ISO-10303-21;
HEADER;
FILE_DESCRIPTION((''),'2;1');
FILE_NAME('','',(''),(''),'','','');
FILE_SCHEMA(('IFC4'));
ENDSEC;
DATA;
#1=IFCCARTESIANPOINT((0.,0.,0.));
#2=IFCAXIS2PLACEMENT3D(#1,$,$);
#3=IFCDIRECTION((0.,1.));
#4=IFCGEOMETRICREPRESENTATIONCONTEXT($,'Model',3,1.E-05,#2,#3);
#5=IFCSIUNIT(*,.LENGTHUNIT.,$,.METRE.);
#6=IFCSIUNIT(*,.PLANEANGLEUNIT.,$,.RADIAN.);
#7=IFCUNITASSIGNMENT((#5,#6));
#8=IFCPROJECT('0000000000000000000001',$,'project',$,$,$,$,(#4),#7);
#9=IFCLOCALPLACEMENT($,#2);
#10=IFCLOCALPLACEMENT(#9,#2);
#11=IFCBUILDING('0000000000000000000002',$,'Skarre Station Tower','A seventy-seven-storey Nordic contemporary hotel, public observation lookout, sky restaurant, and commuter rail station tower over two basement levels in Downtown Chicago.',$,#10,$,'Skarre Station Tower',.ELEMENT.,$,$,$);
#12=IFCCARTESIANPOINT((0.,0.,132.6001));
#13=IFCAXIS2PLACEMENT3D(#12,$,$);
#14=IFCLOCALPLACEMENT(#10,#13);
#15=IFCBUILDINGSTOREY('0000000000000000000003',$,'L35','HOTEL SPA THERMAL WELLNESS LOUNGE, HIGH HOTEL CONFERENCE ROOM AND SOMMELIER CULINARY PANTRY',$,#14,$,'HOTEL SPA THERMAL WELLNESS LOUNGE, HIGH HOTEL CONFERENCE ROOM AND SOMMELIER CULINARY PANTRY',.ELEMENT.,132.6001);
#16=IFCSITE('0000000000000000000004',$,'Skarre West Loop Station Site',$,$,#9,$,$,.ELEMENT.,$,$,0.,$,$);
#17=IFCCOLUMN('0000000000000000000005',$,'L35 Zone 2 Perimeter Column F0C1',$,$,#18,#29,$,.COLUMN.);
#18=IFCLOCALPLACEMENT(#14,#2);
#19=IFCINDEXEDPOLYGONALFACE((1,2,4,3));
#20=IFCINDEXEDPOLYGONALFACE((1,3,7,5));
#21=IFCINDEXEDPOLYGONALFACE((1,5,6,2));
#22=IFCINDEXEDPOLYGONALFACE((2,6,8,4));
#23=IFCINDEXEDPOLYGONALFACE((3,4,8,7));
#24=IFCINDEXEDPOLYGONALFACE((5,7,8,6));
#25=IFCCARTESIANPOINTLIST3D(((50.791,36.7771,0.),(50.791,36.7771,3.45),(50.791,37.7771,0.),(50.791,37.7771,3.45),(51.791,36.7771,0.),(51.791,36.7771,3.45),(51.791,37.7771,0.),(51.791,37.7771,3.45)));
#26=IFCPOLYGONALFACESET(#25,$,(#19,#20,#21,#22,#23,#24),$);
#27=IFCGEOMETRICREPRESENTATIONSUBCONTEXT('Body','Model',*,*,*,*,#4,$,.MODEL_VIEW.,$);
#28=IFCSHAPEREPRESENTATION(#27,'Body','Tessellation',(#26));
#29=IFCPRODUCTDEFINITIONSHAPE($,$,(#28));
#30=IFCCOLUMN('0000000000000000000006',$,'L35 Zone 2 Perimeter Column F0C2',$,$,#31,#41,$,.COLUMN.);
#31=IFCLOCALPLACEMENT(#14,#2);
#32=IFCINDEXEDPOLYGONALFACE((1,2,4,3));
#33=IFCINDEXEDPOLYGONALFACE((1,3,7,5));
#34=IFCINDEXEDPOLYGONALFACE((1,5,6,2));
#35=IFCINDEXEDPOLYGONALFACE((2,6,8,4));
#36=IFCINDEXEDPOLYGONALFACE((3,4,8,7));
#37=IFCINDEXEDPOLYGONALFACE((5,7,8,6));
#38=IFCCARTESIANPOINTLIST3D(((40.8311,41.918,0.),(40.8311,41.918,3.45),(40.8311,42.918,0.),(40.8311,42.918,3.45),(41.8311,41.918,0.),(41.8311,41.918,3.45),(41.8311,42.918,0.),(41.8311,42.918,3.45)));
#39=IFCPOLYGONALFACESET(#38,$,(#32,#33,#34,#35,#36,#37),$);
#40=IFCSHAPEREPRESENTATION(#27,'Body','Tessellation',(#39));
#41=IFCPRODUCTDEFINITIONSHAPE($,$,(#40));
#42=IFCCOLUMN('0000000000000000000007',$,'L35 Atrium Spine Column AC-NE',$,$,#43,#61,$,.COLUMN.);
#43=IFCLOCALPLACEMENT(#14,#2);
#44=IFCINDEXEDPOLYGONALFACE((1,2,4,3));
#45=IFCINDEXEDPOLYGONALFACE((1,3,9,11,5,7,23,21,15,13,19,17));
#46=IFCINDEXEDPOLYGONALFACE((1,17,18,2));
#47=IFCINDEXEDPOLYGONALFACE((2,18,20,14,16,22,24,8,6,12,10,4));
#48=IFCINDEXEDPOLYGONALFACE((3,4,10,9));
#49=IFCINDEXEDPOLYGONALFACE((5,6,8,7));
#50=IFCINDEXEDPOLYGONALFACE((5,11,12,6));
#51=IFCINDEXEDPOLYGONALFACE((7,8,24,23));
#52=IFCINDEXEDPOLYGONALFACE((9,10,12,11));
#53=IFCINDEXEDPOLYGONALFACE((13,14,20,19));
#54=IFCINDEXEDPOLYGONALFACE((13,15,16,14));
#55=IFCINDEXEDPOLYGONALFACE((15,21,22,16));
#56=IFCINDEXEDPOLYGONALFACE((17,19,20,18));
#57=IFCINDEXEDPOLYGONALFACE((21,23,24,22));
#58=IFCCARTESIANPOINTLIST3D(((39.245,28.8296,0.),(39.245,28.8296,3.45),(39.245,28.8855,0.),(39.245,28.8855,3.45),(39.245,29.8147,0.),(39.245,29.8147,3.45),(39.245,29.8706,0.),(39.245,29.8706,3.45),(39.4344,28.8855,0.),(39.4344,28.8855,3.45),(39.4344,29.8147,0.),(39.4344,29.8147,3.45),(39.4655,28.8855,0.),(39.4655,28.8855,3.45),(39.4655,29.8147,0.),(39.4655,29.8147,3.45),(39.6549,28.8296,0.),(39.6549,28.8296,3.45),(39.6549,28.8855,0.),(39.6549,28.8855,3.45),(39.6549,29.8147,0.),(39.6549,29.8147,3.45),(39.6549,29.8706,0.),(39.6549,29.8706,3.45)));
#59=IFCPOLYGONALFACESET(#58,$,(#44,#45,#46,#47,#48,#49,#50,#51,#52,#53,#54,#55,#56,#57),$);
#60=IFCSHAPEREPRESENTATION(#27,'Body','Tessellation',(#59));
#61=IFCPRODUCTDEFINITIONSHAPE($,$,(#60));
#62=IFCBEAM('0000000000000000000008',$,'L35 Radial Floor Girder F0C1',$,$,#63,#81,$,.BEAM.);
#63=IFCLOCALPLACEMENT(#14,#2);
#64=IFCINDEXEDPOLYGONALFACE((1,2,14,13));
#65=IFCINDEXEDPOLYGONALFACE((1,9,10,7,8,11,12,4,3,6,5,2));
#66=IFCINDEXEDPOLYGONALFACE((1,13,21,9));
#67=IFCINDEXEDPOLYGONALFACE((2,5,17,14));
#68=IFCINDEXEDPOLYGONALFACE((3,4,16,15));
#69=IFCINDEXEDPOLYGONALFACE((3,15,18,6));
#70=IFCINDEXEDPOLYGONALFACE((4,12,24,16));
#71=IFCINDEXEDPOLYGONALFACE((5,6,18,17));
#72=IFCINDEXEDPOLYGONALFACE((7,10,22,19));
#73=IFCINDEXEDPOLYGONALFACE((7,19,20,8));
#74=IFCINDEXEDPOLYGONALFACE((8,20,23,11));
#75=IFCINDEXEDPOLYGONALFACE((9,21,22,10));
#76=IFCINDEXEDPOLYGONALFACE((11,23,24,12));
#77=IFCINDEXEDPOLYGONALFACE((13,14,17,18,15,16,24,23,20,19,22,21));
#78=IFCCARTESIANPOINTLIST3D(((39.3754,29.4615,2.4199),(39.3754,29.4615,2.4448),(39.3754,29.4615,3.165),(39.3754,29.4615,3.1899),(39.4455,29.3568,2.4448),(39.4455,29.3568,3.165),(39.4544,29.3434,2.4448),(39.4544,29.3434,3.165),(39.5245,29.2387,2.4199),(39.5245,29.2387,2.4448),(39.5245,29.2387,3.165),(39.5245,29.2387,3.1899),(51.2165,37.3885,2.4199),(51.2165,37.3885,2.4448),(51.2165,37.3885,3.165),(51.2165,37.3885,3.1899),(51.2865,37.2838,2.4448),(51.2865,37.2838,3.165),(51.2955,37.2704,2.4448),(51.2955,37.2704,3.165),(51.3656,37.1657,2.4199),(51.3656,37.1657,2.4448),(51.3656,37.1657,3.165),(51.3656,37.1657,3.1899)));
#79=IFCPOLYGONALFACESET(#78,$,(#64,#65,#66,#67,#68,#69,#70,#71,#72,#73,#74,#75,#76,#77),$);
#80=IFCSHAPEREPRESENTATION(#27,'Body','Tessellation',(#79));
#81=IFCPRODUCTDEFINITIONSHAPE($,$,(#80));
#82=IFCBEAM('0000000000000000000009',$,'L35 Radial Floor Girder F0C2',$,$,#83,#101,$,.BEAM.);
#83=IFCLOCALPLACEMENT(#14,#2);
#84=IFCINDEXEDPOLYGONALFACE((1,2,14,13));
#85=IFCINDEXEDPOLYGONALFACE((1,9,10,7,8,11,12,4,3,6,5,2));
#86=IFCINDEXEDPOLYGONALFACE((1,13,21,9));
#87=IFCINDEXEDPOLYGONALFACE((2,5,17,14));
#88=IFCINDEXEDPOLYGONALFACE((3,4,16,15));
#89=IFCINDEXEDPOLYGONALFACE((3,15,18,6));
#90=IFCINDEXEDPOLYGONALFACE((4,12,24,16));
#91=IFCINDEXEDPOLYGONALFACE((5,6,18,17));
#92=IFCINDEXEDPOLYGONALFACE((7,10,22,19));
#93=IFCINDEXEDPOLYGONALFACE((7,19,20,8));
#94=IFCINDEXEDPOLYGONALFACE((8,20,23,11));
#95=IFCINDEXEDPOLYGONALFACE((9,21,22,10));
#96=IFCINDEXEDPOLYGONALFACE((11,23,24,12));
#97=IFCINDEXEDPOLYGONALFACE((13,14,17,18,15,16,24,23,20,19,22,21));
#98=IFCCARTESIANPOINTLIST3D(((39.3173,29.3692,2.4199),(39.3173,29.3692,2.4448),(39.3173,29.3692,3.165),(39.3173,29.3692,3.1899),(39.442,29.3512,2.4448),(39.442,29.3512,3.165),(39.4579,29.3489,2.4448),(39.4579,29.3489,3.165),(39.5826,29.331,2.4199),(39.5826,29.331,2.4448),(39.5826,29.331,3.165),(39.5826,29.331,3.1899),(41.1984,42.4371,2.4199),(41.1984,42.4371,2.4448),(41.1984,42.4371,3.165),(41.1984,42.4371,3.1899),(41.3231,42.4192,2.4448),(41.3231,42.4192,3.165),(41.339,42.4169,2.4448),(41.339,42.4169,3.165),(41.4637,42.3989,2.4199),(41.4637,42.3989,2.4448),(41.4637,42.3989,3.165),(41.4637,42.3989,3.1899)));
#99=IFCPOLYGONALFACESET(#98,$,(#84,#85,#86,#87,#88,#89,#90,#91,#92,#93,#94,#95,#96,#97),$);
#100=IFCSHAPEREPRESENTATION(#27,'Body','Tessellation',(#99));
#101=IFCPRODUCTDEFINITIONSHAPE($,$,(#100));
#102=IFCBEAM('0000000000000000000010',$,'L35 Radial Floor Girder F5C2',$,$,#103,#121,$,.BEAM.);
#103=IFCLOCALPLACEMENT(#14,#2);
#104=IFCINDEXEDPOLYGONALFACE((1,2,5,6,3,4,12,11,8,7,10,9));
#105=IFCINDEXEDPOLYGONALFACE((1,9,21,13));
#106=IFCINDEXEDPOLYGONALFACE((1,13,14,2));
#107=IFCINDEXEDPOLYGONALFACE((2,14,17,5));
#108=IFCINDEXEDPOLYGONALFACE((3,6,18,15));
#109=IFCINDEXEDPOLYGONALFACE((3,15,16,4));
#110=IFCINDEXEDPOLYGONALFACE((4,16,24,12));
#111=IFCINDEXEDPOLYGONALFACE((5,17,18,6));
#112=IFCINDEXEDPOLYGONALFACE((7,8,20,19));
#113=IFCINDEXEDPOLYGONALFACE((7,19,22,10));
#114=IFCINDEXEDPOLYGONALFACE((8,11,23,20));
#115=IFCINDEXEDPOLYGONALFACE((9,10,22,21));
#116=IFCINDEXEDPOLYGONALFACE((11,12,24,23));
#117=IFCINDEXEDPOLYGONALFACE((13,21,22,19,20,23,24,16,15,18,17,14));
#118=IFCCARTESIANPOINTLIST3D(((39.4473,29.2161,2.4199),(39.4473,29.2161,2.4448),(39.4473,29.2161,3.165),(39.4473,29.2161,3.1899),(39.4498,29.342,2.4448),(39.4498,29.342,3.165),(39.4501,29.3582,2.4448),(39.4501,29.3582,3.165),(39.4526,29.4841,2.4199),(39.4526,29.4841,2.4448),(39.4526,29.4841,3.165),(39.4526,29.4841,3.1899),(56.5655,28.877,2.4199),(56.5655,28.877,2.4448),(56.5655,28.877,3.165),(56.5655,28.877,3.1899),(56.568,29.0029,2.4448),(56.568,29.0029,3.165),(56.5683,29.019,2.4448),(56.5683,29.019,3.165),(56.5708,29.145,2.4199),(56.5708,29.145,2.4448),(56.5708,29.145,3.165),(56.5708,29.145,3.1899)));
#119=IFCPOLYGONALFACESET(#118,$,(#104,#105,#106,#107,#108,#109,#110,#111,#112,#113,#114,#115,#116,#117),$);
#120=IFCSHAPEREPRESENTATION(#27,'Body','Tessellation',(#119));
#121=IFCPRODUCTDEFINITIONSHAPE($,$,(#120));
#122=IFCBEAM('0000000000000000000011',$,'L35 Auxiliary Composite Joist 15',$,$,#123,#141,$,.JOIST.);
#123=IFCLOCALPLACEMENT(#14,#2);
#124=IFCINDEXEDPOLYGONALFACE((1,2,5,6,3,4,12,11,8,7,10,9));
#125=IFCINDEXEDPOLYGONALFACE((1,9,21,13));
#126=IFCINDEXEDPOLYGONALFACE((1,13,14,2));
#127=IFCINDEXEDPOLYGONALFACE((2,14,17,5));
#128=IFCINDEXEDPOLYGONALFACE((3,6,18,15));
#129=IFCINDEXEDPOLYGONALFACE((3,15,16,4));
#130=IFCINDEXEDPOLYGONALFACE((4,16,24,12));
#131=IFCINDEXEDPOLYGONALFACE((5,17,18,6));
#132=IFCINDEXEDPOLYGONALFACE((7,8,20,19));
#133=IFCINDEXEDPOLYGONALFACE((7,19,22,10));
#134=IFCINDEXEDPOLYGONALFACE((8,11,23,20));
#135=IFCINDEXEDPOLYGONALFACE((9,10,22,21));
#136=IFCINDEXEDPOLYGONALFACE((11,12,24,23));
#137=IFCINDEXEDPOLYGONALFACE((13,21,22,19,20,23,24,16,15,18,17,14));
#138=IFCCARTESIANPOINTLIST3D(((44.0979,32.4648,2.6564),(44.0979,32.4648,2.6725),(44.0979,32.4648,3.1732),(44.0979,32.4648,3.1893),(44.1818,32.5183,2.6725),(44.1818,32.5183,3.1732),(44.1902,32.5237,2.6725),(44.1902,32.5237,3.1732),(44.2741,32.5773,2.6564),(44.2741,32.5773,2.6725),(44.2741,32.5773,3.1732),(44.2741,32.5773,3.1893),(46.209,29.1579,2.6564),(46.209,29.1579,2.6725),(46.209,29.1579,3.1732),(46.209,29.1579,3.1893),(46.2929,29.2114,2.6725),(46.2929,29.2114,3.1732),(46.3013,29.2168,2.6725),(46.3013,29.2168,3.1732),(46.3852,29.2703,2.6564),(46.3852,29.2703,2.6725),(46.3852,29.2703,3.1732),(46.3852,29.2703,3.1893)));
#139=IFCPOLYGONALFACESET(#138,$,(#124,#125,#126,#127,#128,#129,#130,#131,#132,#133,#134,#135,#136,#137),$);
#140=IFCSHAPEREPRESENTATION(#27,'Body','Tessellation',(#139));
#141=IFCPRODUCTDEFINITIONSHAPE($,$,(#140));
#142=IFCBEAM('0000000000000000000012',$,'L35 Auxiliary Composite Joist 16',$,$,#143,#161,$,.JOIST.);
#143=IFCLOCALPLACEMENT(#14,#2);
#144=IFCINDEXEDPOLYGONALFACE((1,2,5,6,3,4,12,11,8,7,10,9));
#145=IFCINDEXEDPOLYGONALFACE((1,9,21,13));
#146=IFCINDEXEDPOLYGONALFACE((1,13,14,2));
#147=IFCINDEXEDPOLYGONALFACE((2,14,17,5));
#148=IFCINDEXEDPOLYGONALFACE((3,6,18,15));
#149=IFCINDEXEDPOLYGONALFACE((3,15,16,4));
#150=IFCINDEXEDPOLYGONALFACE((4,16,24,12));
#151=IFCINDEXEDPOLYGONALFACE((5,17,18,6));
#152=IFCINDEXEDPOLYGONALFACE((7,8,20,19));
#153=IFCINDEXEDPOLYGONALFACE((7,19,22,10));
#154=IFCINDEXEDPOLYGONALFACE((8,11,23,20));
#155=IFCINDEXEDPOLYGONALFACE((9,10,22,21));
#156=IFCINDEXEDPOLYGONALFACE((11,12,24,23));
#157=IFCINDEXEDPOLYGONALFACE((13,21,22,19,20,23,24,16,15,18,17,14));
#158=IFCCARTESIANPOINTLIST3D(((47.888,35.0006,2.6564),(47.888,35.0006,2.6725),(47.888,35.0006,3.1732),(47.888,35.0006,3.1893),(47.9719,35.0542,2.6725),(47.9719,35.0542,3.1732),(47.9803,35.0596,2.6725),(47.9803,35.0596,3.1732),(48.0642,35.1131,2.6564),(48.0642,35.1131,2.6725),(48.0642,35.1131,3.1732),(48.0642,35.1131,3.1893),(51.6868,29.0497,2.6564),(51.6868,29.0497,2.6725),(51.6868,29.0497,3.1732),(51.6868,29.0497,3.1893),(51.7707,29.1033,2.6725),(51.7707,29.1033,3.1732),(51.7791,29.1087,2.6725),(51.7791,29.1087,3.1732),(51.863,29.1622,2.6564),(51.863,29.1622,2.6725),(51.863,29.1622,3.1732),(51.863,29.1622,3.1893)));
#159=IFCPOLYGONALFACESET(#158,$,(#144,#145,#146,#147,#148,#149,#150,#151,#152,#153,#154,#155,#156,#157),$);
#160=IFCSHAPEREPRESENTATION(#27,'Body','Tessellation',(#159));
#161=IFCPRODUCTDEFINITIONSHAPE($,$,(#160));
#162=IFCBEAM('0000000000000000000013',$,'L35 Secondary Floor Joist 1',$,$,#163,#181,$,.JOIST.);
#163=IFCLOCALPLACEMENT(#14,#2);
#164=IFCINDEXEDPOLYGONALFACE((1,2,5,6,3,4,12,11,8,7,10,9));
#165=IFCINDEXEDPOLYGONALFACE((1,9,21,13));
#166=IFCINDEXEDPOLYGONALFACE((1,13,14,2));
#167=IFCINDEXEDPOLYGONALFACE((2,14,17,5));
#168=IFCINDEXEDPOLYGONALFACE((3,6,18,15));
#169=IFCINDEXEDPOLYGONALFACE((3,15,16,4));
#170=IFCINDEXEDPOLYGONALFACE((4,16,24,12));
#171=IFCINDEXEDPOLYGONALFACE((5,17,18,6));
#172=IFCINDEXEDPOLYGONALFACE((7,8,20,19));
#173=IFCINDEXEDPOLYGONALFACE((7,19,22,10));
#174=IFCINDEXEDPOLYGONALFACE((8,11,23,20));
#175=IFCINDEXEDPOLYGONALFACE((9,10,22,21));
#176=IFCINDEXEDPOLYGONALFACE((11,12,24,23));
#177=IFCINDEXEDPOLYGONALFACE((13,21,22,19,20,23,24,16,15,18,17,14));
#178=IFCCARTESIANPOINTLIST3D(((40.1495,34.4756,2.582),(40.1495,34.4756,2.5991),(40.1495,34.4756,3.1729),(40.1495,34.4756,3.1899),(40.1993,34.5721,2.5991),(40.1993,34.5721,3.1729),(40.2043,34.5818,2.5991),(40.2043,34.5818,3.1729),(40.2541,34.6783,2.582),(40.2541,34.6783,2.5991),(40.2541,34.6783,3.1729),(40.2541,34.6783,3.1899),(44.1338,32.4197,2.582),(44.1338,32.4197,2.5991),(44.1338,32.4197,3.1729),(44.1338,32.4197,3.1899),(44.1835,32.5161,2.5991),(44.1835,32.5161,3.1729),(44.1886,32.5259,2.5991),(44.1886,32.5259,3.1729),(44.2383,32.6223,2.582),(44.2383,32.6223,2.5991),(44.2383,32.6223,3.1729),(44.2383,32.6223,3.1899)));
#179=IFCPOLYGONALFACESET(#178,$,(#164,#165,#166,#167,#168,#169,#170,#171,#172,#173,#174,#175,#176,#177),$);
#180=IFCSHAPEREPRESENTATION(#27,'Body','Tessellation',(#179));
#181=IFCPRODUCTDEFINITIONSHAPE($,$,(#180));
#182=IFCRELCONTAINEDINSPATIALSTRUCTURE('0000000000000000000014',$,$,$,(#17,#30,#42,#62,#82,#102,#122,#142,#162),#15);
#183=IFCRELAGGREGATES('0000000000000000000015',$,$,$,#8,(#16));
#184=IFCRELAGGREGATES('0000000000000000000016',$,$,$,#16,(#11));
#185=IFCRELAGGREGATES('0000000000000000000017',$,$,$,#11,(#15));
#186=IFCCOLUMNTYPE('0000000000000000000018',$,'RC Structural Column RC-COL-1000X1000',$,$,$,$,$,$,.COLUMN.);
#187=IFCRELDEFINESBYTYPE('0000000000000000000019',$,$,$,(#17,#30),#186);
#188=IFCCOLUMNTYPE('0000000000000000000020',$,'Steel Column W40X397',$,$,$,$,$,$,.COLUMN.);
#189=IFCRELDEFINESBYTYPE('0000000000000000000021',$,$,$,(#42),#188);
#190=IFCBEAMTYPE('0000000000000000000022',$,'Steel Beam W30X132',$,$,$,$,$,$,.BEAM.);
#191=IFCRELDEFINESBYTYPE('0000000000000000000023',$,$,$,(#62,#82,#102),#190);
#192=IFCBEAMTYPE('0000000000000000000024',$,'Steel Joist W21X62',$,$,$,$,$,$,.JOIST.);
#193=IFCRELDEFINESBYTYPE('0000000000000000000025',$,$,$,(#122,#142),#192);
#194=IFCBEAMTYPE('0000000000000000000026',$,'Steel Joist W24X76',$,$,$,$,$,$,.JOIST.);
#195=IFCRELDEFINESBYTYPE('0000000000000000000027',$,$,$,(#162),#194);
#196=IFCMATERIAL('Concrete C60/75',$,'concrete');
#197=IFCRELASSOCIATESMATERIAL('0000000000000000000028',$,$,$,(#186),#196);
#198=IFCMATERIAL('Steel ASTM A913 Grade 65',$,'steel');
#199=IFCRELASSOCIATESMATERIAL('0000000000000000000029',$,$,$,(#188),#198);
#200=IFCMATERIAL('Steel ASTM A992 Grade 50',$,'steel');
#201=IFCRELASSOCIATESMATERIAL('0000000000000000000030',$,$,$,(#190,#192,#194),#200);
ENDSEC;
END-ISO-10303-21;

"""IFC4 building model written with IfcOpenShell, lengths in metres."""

from ifc_helpers import new_model, si_unit, direction, frame, origin, origin_2d, place, context, subcontext, project, spatial, rectangle, i_section, extrude, material, material_profile, profile_set, type_object, element, save


model = new_model("IFC4")

# Units and contexts
model_context = context("Model", 3, precision=1e-05, world=origin(), true_north=direction((0.0, 1.0)))
body_context = subcontext(model_context, "Body", "Model", "MODEL_VIEW")
ifc_project = project(units=[si_unit("LENGTHUNIT", "METRE"), si_unit("PLANEANGLEUNIT", "RADIAN")], contexts=[model_context])

# Site, building, storey
site_placement = place(None, origin())
site = spatial("IfcSite", under=ifc_project, at=site_placement, Name="Skarre West Loop Station Site", CompositionType="ELEMENT", RefElevation=0.0)
building_placement = place(site_placement, origin())
building = spatial("IfcBuilding", under=site, at=building_placement, Name="Skarre Station Tower", Description="A seventy-seven-storey Nordic contemporary hotel, public observation lookout, sky restaurant, and commuter rail station tower over two basement levels in Downtown Chicago.", LongName="Skarre Station Tower", CompositionType="ELEMENT")
storey_placement = place(building_placement, frame((0.0, 0.0, 132.6001)))
storey = spatial("IfcBuildingStorey", under=building, at=storey_placement, Name="L35", Description="HOTEL SPA THERMAL WELLNESS LOUNGE, HIGH HOTEL CONFERENCE ROOM AND SOMMELIER CULINARY PANTRY", LongName="HOTEL SPA THERMAL WELLNESS LOUNGE, HIGH HOTEL CONFERENCE ROOM AND SOMMELIER CULINARY PANTRY", CompositionType="ELEMENT", Elevation=132.6001)

# Columns
ifc_material_1 = material(Name="Concrete C60/75", Category="concrete")
ifc_material_profile_1 = material_profile(ifc_material_1, rectangle(XDim=1.0, YDim=1.0, at=origin_2d()), Name="Concrete C60/75")
ifc_profile_set_1 = profile_set([ifc_material_profile_1], Name="Concrete C60/75")
column_type_1 = type_object("IfcColumnType", Name="RC Structural Column RC-COL-1000X1000", PredefinedType="COLUMN", material=ifc_profile_set_1)
for number, where, z_axis, x_axis, name in (
    (1, (51.291, 37.2771, 0.0), (0.0, 0.0, 1.0), (1.0, 0.0, 0.0), "L35 Zone 2 Perimeter Column F0C1"),
    (2, (41.3311, 42.418, 0.0), (0.0, 0.0, 1.0), (1.0, 0.0, 0.0), "L35 Zone 2 Perimeter Column F0C2"),
):
    element("IfcColumn", number, at=place(storey_placement, frame(where, z_axis=z_axis, x_axis=x_axis)), inside=storey, type_object=column_type_1, Name=name, PredefinedType="COLUMN", context=body_context, shape_type="SweptSolid", body=[
        extrude(rectangle(XDim=1.0, YDim=1.0, at=origin_2d()), origin(), (0.0, 0.0, 1.0), 3.45),
    ])
ifc_material_2 = material(Name="Steel ASTM A913 Grade 65", Category="steel")
ifc_material_profile_2 = material_profile(ifc_material_2, i_section(OverallWidth=0.4099, OverallDepth=1.041, WebThickness=0.031, FlangeThickness=0.0559, at=origin_2d()), Name="Steel ASTM A913 Grade 65")
ifc_profile_set_2 = profile_set([ifc_material_profile_2], Name="Steel ASTM A913 Grade 65")
column_type_2 = type_object("IfcColumnType", Name="Steel Column W40X397", PredefinedType="COLUMN", material=ifc_profile_set_2)
column_placement = place(storey_placement, frame((39.45, 29.3501, 0.0), z_axis=(0.0, 0.0, 1.0), x_axis=(1.0, 0.0, 0.0)))
element("IfcColumn", 3, at=column_placement, inside=storey, type_object=column_type_2, Name="L35 Atrium Spine Column AC-NE", PredefinedType="COLUMN", context=body_context, shape_type="SweptSolid", body=[
    extrude(i_section(OverallWidth=0.4099, OverallDepth=1.041, WebThickness=0.031, FlangeThickness=0.0559, at=origin_2d()), origin(), (0.0, 0.0, 1.0), 3.45),
])

# Beams
ifc_material_3 = material(Name="Steel ASTM A992 Grade 50", Category="steel")
ifc_material_profile_3 = material_profile(ifc_material_3, i_section(OverallWidth=0.2681, OverallDepth=0.77, WebThickness=0.0161, FlangeThickness=0.0249, at=origin_2d()), Name="Steel ASTM A992 Grade 50")
ifc_profile_set_3 = profile_set([ifc_material_profile_3], Name="Steel ASTM A992 Grade 50")
beam_type_1 = type_object("IfcBeamType", Name="Steel Beam W30X132", PredefinedType="BEAM", material=ifc_profile_set_3)
beam_1_placement = place(storey_placement, frame((39.45, 29.3501, 2.8049), z_axis=(0.830981, 0.5563, 0.0), x_axis=(-0.5563, 0.830981, 0.0)))
element("IfcBeam", 4, at=beam_1_placement, inside=storey, type_object=beam_type_1, Name="L35 Radial Floor Girder F0C1", PredefinedType="BEAM", context=body_context, shape_type="SweptSolid", body=[
    extrude(i_section(OverallWidth=0.2681, OverallDepth=0.77, WebThickness=0.0161, FlangeThickness=0.0249, at=origin_2d()), origin(), (0.0, 0.0, 1.0), 14.2495),
])
beam_2_placement = place(storey_placement, frame((39.45, 29.3501, 2.8049), z_axis=(0.14248, 0.989798, 0.0), x_axis=(-0.989798, 0.14248, 0.0)))
element("IfcBeam", 5, at=beam_2_placement, inside=storey, type_object=beam_type_1, Name="L35 Radial Floor Girder F0C2", PredefinedType="BEAM", context=body_context, shape_type="SweptSolid", body=[
    extrude(i_section(OverallWidth=0.2681, OverallDepth=0.77, WebThickness=0.0161, FlangeThickness=0.0249, at=origin_2d()), origin(), (0.0, 0.0, 1.0), 13.2026),
])
beam_3_placement = place(storey_placement, frame((39.45, 29.3501, 2.8049), z_axis=(0.999804, -0.019806, 0.0), x_axis=(0.019806, 0.999804, 0.0)))
element("IfcBeam", 6, at=beam_3_placement, inside=storey, type_object=beam_type_1, Name="L35 Radial Floor Girder F5C2", PredefinedType="BEAM", context=body_context, shape_type="SweptSolid", body=[
    extrude(i_section(OverallWidth=0.2681, OverallDepth=0.77, WebThickness=0.0161, FlangeThickness=0.0249, at=origin_2d()), origin(), (0.0, 0.0, 1.0), 17.1216),
])
ifc_material_profile_4 = material_profile(ifc_material_3, i_section(OverallWidth=0.209, OverallDepth=0.533, WebThickness=0.01, FlangeThickness=0.0161, at=origin_2d()), Name="Steel ASTM A992 Grade 50")
ifc_profile_set_4 = profile_set([ifc_material_profile_4], Name="Steel ASTM A992 Grade 50")
beam_type_2 = type_object("IfcBeamType", Name="Steel Joist W21X62", PredefinedType="JOIST", material=ifc_profile_set_4)
beam_4_placement = place(storey_placement, frame((46.2971, 29.2141, 2.9229), z_axis=(-0.538091, 0.842887, 0.0), x_axis=(-0.842887, -0.538091, 0.0)))
element("IfcBeam", 7, at=beam_4_placement, inside=storey, type_object=beam_type_2, Name="L35 Auxiliary Composite Joist 15", PredefinedType="JOIST", context=body_context, shape_type="SweptSolid", body=[
    extrude(i_section(OverallWidth=0.209, OverallDepth=0.533, WebThickness=0.01, FlangeThickness=0.0161, at=origin_2d()), origin(), (0.0, 0.0, 1.0), 3.9233),
])
beam_5_placement = place(storey_placement, frame((51.7749, 29.106, 2.9229), z_axis=(-0.538072, 0.842899, 0.0), x_axis=(-0.842899, -0.538072, 0.0)))
element("IfcBeam", 8, at=beam_5_placement, inside=storey, type_object=beam_type_2, Name="L35 Auxiliary Composite Joist 16", PredefinedType="JOIST", context=body_context, shape_type="SweptSolid", body=[
    extrude(i_section(OverallWidth=0.209, OverallDepth=0.533, WebThickness=0.01, FlangeThickness=0.0161, at=origin_2d()), origin(), (0.0, 0.0, 1.0), 7.0601),
])
ifc_material_profile_5 = material_profile(ifc_material_3, i_section(OverallWidth=0.228, OverallDepth=0.6079, WebThickness=0.011, FlangeThickness=0.0171, at=origin_2d()), Name="Steel ASTM A992 Grade 50")
ifc_profile_set_5 = profile_set([ifc_material_profile_5], Name="Steel ASTM A992 Grade 50")
beam_type_3 = type_object("IfcBeamType", Name="Steel Joist W24X76", PredefinedType="JOIST", material=ifc_profile_set_5)
beam_6_placement = place(storey_placement, frame((44.186, 32.521, 2.886), z_axis=(-0.888659, 0.458569, 0.0), x_axis=(-0.458569, -0.888659, 0.0)))
element("IfcBeam", 9, at=beam_6_placement, inside=storey, type_object=beam_type_3, Name="L35 Secondary Floor Joist 1", PredefinedType="JOIST", context=body_context, shape_type="SweptSolid", body=[
    extrude(i_section(OverallWidth=0.228, OverallDepth=0.6079, WebThickness=0.011, FlangeThickness=0.0171, at=origin_2d()), origin(), (0.0, 0.0, 1.0), 4.4834),
])

save(model, "model.ifc")
